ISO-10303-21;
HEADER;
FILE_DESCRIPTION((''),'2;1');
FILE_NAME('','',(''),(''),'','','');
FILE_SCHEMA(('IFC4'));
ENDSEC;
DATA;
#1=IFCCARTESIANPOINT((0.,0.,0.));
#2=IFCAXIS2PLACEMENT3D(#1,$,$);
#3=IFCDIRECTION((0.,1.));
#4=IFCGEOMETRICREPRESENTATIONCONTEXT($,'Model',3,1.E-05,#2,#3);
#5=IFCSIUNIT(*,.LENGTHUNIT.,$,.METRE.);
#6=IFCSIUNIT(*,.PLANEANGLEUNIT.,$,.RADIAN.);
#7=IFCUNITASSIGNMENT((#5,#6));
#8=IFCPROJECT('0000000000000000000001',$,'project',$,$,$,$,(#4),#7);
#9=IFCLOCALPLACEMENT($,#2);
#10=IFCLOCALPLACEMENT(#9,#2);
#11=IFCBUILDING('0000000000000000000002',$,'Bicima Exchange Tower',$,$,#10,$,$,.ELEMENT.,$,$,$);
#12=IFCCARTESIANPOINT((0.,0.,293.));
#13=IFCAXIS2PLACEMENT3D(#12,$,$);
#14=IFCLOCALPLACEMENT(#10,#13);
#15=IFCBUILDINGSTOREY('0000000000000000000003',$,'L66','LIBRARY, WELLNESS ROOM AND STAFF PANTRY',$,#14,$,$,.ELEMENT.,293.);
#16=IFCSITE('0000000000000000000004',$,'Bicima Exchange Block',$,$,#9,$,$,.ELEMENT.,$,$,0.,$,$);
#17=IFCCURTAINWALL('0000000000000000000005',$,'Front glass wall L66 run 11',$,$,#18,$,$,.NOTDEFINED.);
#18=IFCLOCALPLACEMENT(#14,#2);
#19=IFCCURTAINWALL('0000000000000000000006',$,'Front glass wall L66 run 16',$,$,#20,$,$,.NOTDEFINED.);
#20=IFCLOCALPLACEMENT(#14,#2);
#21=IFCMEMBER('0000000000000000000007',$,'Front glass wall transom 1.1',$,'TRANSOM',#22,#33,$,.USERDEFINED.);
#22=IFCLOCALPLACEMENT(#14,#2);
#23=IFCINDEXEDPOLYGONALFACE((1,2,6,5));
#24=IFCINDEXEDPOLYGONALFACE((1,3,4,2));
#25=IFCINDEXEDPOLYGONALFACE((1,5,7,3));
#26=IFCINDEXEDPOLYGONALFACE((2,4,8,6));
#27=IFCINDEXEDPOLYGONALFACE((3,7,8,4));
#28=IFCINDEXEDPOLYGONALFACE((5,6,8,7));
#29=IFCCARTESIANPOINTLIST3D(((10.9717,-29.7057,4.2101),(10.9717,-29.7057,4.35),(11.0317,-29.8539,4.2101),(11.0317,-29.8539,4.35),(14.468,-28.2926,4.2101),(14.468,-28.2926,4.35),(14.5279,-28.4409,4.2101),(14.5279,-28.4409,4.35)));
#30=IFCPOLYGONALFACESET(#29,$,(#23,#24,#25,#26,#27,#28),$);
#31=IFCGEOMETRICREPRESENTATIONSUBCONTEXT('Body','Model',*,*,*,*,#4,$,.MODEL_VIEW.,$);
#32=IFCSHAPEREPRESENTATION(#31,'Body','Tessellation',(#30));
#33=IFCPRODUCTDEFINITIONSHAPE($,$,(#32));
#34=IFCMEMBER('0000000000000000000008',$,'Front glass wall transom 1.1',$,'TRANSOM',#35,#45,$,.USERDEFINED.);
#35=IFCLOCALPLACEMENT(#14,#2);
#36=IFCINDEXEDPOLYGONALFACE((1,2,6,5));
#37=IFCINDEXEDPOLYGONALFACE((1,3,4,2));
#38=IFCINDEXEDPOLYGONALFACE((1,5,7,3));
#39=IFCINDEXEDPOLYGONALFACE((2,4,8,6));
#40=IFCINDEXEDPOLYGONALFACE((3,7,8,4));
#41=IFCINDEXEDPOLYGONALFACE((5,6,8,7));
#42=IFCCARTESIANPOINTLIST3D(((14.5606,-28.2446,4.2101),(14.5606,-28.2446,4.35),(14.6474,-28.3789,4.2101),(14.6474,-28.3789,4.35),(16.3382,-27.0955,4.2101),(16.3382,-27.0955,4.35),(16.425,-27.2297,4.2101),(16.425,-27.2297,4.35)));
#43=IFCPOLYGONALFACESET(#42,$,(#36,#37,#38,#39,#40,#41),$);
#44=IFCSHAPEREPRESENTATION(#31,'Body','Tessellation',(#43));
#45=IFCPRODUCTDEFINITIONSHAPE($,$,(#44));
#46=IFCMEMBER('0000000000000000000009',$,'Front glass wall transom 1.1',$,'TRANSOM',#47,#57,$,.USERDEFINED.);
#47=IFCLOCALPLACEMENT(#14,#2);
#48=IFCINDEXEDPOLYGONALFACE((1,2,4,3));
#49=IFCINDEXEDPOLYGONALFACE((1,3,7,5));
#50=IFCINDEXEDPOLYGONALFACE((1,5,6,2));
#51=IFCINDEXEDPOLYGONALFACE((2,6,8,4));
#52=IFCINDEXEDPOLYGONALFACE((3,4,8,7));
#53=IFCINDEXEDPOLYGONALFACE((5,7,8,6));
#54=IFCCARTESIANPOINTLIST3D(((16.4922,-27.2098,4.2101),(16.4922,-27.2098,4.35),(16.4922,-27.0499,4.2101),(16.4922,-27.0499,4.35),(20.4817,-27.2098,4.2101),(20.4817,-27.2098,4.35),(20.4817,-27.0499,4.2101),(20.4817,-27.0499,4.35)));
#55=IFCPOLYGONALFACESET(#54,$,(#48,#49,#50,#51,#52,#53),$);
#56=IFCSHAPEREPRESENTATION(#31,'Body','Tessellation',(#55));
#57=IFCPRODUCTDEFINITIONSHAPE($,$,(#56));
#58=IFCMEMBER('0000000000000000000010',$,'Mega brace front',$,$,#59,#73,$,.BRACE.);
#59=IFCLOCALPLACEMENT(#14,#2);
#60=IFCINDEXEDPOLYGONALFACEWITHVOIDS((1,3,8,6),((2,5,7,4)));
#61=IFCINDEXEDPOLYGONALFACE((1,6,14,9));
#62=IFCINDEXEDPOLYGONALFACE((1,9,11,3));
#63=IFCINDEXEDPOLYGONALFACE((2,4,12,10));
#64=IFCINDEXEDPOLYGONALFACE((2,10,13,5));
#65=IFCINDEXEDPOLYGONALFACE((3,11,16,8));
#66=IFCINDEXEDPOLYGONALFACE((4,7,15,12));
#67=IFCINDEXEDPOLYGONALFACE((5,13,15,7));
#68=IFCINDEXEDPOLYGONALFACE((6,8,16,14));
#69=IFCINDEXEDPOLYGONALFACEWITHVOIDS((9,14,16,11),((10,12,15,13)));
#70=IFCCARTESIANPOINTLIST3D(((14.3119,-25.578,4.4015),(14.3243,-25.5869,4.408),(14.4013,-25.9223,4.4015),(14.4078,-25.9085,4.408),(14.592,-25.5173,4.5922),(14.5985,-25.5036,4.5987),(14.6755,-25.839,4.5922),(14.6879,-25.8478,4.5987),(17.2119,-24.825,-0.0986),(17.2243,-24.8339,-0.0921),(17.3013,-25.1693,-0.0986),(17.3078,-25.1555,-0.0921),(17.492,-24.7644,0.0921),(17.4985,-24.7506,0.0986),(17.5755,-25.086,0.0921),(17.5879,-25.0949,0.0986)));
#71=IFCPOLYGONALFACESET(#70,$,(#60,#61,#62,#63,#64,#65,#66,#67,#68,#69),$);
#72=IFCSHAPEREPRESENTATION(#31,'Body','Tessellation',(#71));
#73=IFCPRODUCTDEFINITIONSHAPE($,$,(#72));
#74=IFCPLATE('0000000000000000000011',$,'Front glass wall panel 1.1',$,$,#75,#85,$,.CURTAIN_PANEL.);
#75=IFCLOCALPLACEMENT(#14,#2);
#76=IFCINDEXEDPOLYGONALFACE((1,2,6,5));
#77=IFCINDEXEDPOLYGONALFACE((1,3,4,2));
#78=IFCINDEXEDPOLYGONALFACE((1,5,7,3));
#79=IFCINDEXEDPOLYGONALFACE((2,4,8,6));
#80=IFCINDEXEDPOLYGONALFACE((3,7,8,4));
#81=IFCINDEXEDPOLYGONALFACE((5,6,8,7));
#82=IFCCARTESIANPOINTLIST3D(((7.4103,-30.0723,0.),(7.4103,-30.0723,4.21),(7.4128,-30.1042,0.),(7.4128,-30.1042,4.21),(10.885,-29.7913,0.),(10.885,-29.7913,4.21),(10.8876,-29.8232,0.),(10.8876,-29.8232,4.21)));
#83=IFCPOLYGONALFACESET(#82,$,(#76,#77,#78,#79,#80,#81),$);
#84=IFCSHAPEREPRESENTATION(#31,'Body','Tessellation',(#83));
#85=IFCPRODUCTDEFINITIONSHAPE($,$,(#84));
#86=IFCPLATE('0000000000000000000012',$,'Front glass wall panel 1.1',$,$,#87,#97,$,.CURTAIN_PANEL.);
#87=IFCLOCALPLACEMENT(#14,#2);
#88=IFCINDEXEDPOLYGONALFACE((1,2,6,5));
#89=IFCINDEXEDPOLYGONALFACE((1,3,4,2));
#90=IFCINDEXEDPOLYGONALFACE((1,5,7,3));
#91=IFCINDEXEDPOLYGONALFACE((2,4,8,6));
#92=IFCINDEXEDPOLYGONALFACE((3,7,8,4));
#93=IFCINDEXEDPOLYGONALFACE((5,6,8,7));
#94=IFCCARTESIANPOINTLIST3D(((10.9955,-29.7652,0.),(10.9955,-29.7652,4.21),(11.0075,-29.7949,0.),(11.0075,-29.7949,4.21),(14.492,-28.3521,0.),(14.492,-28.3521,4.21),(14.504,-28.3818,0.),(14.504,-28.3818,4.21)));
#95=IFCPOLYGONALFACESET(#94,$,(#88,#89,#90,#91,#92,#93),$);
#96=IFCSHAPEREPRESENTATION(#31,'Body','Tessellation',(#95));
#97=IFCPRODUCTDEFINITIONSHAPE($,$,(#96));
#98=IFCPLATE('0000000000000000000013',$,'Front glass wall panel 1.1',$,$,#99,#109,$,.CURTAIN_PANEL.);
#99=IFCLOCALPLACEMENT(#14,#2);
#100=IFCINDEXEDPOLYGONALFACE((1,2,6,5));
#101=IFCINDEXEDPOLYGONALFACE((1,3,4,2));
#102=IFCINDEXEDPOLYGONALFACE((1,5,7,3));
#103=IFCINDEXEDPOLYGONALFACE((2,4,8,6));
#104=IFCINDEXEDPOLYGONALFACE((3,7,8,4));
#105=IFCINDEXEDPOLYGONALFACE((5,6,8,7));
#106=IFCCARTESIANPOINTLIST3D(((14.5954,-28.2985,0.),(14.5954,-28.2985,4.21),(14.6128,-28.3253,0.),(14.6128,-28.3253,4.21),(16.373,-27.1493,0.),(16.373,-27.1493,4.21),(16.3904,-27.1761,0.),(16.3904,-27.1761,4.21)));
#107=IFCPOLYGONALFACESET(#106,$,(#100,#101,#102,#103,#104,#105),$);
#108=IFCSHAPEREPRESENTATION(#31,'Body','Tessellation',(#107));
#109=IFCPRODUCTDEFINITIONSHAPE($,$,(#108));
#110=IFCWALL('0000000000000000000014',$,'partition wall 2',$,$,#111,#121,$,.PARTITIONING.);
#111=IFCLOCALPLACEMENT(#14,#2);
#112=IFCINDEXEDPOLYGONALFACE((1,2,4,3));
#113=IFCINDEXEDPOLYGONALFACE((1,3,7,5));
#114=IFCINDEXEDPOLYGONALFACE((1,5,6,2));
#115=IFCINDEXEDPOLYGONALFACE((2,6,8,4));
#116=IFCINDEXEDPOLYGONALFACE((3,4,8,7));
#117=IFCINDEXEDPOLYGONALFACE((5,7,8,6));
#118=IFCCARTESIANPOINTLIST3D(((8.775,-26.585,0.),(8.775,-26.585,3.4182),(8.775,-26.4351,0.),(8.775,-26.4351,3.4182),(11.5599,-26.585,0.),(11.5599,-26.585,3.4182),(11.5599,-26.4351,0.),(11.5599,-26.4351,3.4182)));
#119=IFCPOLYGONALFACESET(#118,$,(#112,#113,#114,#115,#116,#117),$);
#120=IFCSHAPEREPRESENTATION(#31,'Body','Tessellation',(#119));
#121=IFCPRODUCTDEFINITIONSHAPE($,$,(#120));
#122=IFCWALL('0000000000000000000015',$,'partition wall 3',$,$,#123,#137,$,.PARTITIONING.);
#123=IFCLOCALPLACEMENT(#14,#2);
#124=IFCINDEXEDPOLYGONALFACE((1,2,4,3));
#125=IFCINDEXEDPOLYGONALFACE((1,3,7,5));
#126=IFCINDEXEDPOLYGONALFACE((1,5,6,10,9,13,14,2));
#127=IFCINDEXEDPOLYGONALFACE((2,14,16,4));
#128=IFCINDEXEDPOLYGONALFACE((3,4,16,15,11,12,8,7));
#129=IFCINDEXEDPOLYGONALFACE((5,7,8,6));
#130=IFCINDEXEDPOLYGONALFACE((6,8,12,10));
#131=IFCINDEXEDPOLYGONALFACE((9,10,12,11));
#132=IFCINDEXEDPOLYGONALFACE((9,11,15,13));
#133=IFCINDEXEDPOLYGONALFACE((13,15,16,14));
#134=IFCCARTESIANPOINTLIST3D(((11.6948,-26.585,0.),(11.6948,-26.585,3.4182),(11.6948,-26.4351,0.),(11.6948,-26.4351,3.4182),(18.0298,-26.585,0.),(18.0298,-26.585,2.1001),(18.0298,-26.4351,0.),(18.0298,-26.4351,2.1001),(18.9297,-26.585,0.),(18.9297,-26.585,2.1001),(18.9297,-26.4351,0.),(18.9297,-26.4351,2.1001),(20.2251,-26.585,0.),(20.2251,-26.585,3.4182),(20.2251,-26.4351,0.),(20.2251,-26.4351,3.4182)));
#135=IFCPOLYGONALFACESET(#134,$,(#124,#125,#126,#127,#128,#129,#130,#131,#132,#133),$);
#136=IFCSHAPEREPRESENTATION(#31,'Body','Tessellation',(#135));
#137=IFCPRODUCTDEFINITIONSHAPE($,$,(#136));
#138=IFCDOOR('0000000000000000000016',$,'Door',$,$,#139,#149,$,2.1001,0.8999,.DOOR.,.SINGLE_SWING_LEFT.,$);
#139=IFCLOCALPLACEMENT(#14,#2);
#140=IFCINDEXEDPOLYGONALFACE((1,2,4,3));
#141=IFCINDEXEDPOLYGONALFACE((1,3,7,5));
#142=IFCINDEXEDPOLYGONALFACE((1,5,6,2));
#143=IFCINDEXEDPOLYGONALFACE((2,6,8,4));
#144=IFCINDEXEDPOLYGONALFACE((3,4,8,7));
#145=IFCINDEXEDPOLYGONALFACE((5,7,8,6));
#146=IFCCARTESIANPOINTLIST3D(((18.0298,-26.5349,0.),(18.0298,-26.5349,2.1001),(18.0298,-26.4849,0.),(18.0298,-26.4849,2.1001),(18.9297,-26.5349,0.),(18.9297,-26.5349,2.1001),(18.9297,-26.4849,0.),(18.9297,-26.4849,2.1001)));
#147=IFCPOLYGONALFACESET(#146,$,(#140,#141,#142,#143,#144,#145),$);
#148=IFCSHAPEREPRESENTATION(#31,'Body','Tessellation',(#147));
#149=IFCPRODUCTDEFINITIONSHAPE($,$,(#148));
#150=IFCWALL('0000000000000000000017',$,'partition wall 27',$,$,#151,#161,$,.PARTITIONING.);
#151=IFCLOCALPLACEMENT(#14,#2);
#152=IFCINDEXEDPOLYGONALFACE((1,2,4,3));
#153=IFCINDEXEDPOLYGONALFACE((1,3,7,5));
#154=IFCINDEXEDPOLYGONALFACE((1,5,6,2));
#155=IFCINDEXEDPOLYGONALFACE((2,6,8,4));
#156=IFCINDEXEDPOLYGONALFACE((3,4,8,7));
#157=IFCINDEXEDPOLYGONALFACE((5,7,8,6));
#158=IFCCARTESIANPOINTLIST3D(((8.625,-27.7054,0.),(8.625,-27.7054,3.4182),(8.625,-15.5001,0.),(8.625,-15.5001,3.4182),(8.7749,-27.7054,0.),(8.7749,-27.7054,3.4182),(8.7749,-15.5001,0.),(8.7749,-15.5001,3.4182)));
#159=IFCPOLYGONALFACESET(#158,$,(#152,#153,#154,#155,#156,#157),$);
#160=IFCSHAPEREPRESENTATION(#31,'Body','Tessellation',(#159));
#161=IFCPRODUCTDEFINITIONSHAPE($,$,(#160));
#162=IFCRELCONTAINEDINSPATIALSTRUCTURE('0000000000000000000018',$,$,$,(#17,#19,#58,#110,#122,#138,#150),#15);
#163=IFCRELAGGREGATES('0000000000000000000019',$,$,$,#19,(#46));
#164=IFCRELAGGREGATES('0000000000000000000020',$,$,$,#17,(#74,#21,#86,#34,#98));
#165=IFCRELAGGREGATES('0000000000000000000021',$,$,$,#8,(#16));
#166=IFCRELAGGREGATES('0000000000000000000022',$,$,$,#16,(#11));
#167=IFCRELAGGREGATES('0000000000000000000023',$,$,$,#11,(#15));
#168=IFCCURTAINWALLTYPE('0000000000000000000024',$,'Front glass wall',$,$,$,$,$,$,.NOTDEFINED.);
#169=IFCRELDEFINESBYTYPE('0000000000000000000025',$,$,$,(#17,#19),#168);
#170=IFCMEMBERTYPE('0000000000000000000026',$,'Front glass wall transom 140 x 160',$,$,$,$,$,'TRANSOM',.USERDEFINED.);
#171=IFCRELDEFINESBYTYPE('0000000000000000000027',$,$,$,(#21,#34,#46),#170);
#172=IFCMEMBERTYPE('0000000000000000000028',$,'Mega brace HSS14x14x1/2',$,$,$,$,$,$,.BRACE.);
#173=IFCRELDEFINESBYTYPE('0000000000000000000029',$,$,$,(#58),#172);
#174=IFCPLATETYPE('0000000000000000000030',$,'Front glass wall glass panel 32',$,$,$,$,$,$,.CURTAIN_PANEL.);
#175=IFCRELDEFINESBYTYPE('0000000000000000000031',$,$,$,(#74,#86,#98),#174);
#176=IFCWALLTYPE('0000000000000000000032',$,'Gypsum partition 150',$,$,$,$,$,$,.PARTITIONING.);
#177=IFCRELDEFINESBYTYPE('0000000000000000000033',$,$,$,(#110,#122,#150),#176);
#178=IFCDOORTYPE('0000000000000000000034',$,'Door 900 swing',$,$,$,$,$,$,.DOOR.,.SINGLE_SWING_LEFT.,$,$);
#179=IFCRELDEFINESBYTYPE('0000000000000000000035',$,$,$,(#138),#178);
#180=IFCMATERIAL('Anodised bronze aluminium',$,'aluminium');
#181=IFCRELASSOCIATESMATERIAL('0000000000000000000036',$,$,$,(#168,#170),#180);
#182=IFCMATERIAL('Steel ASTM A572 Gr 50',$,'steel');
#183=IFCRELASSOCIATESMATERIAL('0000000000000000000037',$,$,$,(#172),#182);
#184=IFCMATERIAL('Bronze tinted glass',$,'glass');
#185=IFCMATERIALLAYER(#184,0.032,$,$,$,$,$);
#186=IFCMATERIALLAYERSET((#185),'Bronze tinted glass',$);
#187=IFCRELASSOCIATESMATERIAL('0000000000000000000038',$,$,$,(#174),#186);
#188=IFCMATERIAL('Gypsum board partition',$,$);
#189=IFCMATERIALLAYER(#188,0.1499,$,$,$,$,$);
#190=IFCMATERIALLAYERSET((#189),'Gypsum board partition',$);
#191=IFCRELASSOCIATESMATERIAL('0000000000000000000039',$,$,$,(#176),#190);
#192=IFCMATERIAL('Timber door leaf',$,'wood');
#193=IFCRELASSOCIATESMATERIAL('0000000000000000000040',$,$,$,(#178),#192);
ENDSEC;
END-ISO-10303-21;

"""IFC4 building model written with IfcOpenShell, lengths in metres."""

from ifc_helpers import new_model, si_unit, direction, frame, frame_2d, origin, origin_2d, place, context, subcontext, project, spatial, rectangle, hollow_rectangle, extrude, material, layer, layer_set, material_profile, profile_set, type_object, element, fill, aggregate, save


model = new_model("IFC4")

# Units and contexts
model_context = context("Model", 3, precision=1e-05, world=origin(), true_north=direction((0.0, 1.0)))
body_context = subcontext(model_context, "Body", "Model", "MODEL_VIEW")
ifc_project = project(units=[si_unit("LENGTHUNIT", "METRE"), si_unit("PLANEANGLEUNIT", "RADIAN")], contexts=[model_context])

# Site, building, storey
site_placement = place(None, origin())
site = spatial("IfcSite", under=ifc_project, at=site_placement, Name="Bicima Exchange Block", CompositionType="ELEMENT", RefElevation=0.0)
building_placement = place(site_placement, origin())
building = spatial("IfcBuilding", under=site, at=building_placement, Name="Bicima Exchange Tower", CompositionType="ELEMENT")
storey_placement = place(building_placement, frame((0.0, 0.0, 293.0)))
storey = spatial("IfcBuildingStorey", under=building, at=storey_placement, Name="L66", Description="LIBRARY, WELLNESS ROOM AND STAFF PANTRY", CompositionType="ELEMENT", Elevation=293.0)

# Curtain wall
ifc_material_1 = material(Name="Anodised bronze aluminium", Category="aluminium")
curtain_wall_type = type_object("IfcCurtainWallType", Name="Front glass wall", PredefinedType="NOTDEFINED", material=ifc_material_1)
curtain_wall_1_placement = place(storey_placement, origin())
curtain_wall_1 = element("IfcCurtainWall", 1, at=curtain_wall_1_placement, inside=storey, type_object=curtain_wall_type, Name="Front glass wall L66 run 11", PredefinedType="NOTDEFINED")

# Curtain wall
curtain_wall_2_placement = place(storey_placement, origin())
curtain_wall_2 = element("IfcCurtainWall", 2, at=curtain_wall_2_placement, inside=storey, type_object=curtain_wall_type, Name="Front glass wall L66 run 16", PredefinedType="NOTDEFINED")

# Members
ifc_material_profile_1 = material_profile(ifc_material_1, rectangle(XDim=0.1599, YDim=0.1399, at=origin_2d()))
ifc_profile_set_1 = profile_set([ifc_material_profile_1], Name="Anodised bronze aluminium")
member_type_1 = type_object("IfcMemberType", Name="Front glass wall transom 140 x 160", ElementType="TRANSOM", PredefinedType="USERDEFINED", material=ifc_profile_set_1)
member_1_placement = place(storey_placement, frame((11.0017, -29.7798, 4.28), z_axis=(0.92714, 0.374715, 0.0), x_axis=(-0.374715, 0.92714, 0.0)))
member_1 = element("IfcMember", 3, at=member_1_placement, type_object=member_type_1, Name="Front glass wall transom 1.1", ObjectType="TRANSOM", PredefinedType="USERDEFINED", context=body_context, shape_type="SweptSolid", body=[
    extrude(rectangle(XDim=0.1599, YDim=0.1399, at=origin_2d()), origin(), (0.0, 0.0, 1.0), 3.771),
])
member_2_placement = place(storey_placement, frame((14.604, -28.3118, 4.28), z_axis=(0.839793, 0.542907, 0.0), x_axis=(-0.542907, 0.839793, 0.0)))
member_2 = element("IfcMember", 4, at=member_2_placement, type_object=member_type_1, Name="Front glass wall transom 1.1", ObjectType="TRANSOM", PredefinedType="USERDEFINED", context=body_context, shape_type="SweptSolid", body=[
    extrude(rectangle(XDim=0.1599, YDim=0.1399, at=origin_2d()), origin(), (0.0, 0.0, 1.0), 2.1167),
])
member_3_placement = place(storey_placement, frame((16.4922, -27.1299, 4.28), z_axis=(1.0, 0.0, 0.0), x_axis=(0.0, 1.0, 0.0)))
member_3 = element("IfcMember", 5, at=member_3_placement, type_object=member_type_1, Name="Front glass wall transom 1.1", ObjectType="TRANSOM", PredefinedType="USERDEFINED", context=body_context, shape_type="SweptSolid", body=[
    extrude(rectangle(XDim=0.1599, YDim=0.1399, at=origin_2d()), origin(), (0.0, 0.0, 1.0), 3.9895),
])
aggregate(curtain_wall_2, [member_3])
ifc_material_2 = material(Name="Steel ASTM A572 Gr 50", Category="steel")
ifc_material_profile_2 = material_profile(ifc_material_2, hollow_rectangle(XDim=0.3557, YDim=0.3557, WallThickness=0.0117, at=origin_2d()))
ifc_profile_set_2 = profile_set([ifc_material_profile_2], Name="Steel ASTM A572 Gr 50")
member_type_2 = type_object("IfcMemberType", Name="Mega brace HSS14x14x1/2", PredefinedType="BRACE", material=ifc_profile_set_2)
member_4_placement = place(storey_placement, frame((17.3999, -24.96, 0.0), z_axis=(-0.536409, -0.139273, 0.832387), x_axis=(0.251307, -0.967907, 0.0)))
element("IfcMember", 6, at=member_4_placement, inside=storey, type_object=member_type_2, Name="Mega brace front", PredefinedType="BRACE", context=body_context, shape_type="SweptSolid", body=[
    extrude(hollow_rectangle(XDim=0.3557, YDim=0.3557, WallThickness=0.0117, at=origin_2d()), origin(), (0.0, 0.0, 1.0), 5.4062),
])

# Plates
ifc_material_3 = material(Name="Bronze tinted glass", Category="glass")
ifc_layer_1 = layer(ifc_material_3, 0.032)
ifc_layer_set_1 = layer_set([ifc_layer_1], Name="Bronze tinted glass")
plate_type = type_object("IfcPlateType", Name="Front glass wall glass panel 32", PredefinedType="CURTAIN_PANEL", material=ifc_layer_set_1)
plate_1_placement = place(storey_placement, frame((9.1489, -29.9478, 0.0), z_axis=(0.0, 0.0, 1.0), x_axis=(0.996747, 0.080589, 0.0)))
plate_1 = element("IfcPlate", 7, at=plate_1_placement, type_object=plate_type, Name="Front glass wall panel 1.1", PredefinedType="CURTAIN_PANEL", context=body_context, shape_type="SweptSolid", body=[
    extrude(rectangle(XDim=3.4861, YDim=0.032, at=origin_2d()), origin(), (0.0, 0.0, 1.0), 4.21),
])
plate_2_placement = place(storey_placement, frame((12.7498, -29.0735, 0.0), z_axis=(0.0, 0.0, 1.0), x_axis=(0.927144, 0.374705, 0.0)))
plate_2 = element("IfcPlate", 8, at=plate_2_placement, type_object=plate_type, Name="Front glass wall panel 1.1", PredefinedType="CURTAIN_PANEL", context=body_context, shape_type="SweptSolid", body=[
    extrude(rectangle(XDim=3.7712, YDim=0.032, at=origin_2d()), origin(), (0.0, 0.0, 1.0), 4.21),
])
plate_3_placement = place(storey_placement, frame((15.4929, -27.7373, 0.0), z_axis=(0.0, 0.0, 1.0), x_axis=(0.839791, 0.542909, 0.0)))
plate_3 = element("IfcPlate", 9, at=plate_3_placement, type_object=plate_type, Name="Front glass wall panel 1.1", PredefinedType="CURTAIN_PANEL", context=body_context, shape_type="SweptSolid", body=[
    extrude(rectangle(XDim=2.1167, YDim=0.032, at=origin_2d()), origin(), (0.0, 0.0, 1.0), 4.21),
])
aggregate(curtain_wall_1, [plate_1, member_1, plate_2, member_2, plate_3])

# Wall
ifc_material_4 = material(Name="Gypsum board partition")
ifc_layer_2 = layer(ifc_material_4, 0.1499)
ifc_layer_set_2 = layer_set([ifc_layer_2], Name="Gypsum board partition")
wall_type_1 = type_object("IfcWallType", Name="Gypsum partition 150", PredefinedType="PARTITIONING", material=ifc_layer_set_2)
wall_1_placement = place(storey_placement, frame((8.7749, -26.51, 0.0), z_axis=(0.0, 0.0, 1.0), x_axis=(1.0, 0.0, 0.0)))
element("IfcWall", 10, at=wall_1_placement, inside=storey, type_object=wall_type_1, Name="partition wall 2", PredefinedType="PARTITIONING", context=body_context, shape_type="SweptSolid", body=[
    extrude(rectangle(XDim=2.7849, YDim=0.1499, at=frame_2d((1.3926, 0.0))), origin(), (0.0, 0.0, 1.0), 3.4182),
])

# Wall, opening, door
wall_2_placement = place(storey_placement, frame((11.6948, -26.51, 0.0), z_axis=(0.0, 0.0, 1.0), x_axis=(1.0, 0.0, 0.0)))
wall_2 = element("IfcWall", 11, at=wall_2_placement, inside=storey, type_object=wall_type_1, Name="partition wall 3", PredefinedType="PARTITIONING", context=body_context, shape_type="SweptSolid", body=[
    extrude(rectangle(XDim=8.5303, YDim=0.1499, at=frame_2d((4.2651, 0.0))), origin(), (0.0, 0.0, 1.0), 3.4182),
])
opening_1_placement = place(wall_2_placement, frame((6.335, 0.0, 0.0)))
opening_1 = element("IfcOpeningElement", 12, at=opening_1_placement, cuts=wall_2, PredefinedType="OPENING", context=body_context, shape_type="SweptSolid", body=[
    extrude(rectangle(XDim=0.8999, YDim=2.1001, at=frame_2d((0.45, 1.05))), frame((0.0, 0.0869, 0.0), z_axis=(0.0, -1.0, 0.0), x_axis=(1.0, 0.0, 0.0)), (0.0, 0.0, 1.0), 0.1738),
])
ifc_material_5 = material(Name="Timber door leaf", Category="wood")
door_type_1 = type_object("IfcDoorType", Name="Door 900 swing", OperationType="SINGLE_SWING_LEFT", PredefinedType="DOOR", material=ifc_material_5)
door_1_placement = place(opening_1_placement, frame((0.8999, 0.0, 0.0), z_axis=(0.0, 0.0, 1.0), x_axis=(-1.0, 0.0, 0.0)))
door_1 = element("IfcDoor", 13, at=door_1_placement, inside=storey, type_object=door_type_1, Name="Door", OperationType="SINGLE_SWING_LEFT", OverallHeight=2.1001, OverallWidth=0.8999, PredefinedType="DOOR", context=body_context, shape_type="SweptSolid", body=[
    extrude(rectangle(XDim=0.8999, YDim=2.1001, at=frame_2d((0.45, 1.05))), frame((0.0, 0.0249, 0.0), z_axis=(0.0, -1.0, 0.0), x_axis=(1.0, 0.0, 0.0)), (0.0, 0.0, 1.0), 0.05),
])
fill(opening_1, door_1)

# Wall
wall_3_placement = place(storey_placement, frame((8.7, -27.7053, 0.0), z_axis=(0.0, 0.0, 1.0), x_axis=(0.0, 1.0, 0.0)))
element("IfcWall", 14, at=wall_3_placement, inside=storey, type_object=wall_type_1, Name="partition wall 27", PredefinedType="PARTITIONING", context=body_context, shape_type="SweptSolid", body=[
    extrude(rectangle(XDim=12.2053, YDim=0.1499, at=frame_2d((6.1025, 0.0))), origin(), (0.0, 0.0, 1.0), 3.4182),
])

save(model, "model.ifc")
